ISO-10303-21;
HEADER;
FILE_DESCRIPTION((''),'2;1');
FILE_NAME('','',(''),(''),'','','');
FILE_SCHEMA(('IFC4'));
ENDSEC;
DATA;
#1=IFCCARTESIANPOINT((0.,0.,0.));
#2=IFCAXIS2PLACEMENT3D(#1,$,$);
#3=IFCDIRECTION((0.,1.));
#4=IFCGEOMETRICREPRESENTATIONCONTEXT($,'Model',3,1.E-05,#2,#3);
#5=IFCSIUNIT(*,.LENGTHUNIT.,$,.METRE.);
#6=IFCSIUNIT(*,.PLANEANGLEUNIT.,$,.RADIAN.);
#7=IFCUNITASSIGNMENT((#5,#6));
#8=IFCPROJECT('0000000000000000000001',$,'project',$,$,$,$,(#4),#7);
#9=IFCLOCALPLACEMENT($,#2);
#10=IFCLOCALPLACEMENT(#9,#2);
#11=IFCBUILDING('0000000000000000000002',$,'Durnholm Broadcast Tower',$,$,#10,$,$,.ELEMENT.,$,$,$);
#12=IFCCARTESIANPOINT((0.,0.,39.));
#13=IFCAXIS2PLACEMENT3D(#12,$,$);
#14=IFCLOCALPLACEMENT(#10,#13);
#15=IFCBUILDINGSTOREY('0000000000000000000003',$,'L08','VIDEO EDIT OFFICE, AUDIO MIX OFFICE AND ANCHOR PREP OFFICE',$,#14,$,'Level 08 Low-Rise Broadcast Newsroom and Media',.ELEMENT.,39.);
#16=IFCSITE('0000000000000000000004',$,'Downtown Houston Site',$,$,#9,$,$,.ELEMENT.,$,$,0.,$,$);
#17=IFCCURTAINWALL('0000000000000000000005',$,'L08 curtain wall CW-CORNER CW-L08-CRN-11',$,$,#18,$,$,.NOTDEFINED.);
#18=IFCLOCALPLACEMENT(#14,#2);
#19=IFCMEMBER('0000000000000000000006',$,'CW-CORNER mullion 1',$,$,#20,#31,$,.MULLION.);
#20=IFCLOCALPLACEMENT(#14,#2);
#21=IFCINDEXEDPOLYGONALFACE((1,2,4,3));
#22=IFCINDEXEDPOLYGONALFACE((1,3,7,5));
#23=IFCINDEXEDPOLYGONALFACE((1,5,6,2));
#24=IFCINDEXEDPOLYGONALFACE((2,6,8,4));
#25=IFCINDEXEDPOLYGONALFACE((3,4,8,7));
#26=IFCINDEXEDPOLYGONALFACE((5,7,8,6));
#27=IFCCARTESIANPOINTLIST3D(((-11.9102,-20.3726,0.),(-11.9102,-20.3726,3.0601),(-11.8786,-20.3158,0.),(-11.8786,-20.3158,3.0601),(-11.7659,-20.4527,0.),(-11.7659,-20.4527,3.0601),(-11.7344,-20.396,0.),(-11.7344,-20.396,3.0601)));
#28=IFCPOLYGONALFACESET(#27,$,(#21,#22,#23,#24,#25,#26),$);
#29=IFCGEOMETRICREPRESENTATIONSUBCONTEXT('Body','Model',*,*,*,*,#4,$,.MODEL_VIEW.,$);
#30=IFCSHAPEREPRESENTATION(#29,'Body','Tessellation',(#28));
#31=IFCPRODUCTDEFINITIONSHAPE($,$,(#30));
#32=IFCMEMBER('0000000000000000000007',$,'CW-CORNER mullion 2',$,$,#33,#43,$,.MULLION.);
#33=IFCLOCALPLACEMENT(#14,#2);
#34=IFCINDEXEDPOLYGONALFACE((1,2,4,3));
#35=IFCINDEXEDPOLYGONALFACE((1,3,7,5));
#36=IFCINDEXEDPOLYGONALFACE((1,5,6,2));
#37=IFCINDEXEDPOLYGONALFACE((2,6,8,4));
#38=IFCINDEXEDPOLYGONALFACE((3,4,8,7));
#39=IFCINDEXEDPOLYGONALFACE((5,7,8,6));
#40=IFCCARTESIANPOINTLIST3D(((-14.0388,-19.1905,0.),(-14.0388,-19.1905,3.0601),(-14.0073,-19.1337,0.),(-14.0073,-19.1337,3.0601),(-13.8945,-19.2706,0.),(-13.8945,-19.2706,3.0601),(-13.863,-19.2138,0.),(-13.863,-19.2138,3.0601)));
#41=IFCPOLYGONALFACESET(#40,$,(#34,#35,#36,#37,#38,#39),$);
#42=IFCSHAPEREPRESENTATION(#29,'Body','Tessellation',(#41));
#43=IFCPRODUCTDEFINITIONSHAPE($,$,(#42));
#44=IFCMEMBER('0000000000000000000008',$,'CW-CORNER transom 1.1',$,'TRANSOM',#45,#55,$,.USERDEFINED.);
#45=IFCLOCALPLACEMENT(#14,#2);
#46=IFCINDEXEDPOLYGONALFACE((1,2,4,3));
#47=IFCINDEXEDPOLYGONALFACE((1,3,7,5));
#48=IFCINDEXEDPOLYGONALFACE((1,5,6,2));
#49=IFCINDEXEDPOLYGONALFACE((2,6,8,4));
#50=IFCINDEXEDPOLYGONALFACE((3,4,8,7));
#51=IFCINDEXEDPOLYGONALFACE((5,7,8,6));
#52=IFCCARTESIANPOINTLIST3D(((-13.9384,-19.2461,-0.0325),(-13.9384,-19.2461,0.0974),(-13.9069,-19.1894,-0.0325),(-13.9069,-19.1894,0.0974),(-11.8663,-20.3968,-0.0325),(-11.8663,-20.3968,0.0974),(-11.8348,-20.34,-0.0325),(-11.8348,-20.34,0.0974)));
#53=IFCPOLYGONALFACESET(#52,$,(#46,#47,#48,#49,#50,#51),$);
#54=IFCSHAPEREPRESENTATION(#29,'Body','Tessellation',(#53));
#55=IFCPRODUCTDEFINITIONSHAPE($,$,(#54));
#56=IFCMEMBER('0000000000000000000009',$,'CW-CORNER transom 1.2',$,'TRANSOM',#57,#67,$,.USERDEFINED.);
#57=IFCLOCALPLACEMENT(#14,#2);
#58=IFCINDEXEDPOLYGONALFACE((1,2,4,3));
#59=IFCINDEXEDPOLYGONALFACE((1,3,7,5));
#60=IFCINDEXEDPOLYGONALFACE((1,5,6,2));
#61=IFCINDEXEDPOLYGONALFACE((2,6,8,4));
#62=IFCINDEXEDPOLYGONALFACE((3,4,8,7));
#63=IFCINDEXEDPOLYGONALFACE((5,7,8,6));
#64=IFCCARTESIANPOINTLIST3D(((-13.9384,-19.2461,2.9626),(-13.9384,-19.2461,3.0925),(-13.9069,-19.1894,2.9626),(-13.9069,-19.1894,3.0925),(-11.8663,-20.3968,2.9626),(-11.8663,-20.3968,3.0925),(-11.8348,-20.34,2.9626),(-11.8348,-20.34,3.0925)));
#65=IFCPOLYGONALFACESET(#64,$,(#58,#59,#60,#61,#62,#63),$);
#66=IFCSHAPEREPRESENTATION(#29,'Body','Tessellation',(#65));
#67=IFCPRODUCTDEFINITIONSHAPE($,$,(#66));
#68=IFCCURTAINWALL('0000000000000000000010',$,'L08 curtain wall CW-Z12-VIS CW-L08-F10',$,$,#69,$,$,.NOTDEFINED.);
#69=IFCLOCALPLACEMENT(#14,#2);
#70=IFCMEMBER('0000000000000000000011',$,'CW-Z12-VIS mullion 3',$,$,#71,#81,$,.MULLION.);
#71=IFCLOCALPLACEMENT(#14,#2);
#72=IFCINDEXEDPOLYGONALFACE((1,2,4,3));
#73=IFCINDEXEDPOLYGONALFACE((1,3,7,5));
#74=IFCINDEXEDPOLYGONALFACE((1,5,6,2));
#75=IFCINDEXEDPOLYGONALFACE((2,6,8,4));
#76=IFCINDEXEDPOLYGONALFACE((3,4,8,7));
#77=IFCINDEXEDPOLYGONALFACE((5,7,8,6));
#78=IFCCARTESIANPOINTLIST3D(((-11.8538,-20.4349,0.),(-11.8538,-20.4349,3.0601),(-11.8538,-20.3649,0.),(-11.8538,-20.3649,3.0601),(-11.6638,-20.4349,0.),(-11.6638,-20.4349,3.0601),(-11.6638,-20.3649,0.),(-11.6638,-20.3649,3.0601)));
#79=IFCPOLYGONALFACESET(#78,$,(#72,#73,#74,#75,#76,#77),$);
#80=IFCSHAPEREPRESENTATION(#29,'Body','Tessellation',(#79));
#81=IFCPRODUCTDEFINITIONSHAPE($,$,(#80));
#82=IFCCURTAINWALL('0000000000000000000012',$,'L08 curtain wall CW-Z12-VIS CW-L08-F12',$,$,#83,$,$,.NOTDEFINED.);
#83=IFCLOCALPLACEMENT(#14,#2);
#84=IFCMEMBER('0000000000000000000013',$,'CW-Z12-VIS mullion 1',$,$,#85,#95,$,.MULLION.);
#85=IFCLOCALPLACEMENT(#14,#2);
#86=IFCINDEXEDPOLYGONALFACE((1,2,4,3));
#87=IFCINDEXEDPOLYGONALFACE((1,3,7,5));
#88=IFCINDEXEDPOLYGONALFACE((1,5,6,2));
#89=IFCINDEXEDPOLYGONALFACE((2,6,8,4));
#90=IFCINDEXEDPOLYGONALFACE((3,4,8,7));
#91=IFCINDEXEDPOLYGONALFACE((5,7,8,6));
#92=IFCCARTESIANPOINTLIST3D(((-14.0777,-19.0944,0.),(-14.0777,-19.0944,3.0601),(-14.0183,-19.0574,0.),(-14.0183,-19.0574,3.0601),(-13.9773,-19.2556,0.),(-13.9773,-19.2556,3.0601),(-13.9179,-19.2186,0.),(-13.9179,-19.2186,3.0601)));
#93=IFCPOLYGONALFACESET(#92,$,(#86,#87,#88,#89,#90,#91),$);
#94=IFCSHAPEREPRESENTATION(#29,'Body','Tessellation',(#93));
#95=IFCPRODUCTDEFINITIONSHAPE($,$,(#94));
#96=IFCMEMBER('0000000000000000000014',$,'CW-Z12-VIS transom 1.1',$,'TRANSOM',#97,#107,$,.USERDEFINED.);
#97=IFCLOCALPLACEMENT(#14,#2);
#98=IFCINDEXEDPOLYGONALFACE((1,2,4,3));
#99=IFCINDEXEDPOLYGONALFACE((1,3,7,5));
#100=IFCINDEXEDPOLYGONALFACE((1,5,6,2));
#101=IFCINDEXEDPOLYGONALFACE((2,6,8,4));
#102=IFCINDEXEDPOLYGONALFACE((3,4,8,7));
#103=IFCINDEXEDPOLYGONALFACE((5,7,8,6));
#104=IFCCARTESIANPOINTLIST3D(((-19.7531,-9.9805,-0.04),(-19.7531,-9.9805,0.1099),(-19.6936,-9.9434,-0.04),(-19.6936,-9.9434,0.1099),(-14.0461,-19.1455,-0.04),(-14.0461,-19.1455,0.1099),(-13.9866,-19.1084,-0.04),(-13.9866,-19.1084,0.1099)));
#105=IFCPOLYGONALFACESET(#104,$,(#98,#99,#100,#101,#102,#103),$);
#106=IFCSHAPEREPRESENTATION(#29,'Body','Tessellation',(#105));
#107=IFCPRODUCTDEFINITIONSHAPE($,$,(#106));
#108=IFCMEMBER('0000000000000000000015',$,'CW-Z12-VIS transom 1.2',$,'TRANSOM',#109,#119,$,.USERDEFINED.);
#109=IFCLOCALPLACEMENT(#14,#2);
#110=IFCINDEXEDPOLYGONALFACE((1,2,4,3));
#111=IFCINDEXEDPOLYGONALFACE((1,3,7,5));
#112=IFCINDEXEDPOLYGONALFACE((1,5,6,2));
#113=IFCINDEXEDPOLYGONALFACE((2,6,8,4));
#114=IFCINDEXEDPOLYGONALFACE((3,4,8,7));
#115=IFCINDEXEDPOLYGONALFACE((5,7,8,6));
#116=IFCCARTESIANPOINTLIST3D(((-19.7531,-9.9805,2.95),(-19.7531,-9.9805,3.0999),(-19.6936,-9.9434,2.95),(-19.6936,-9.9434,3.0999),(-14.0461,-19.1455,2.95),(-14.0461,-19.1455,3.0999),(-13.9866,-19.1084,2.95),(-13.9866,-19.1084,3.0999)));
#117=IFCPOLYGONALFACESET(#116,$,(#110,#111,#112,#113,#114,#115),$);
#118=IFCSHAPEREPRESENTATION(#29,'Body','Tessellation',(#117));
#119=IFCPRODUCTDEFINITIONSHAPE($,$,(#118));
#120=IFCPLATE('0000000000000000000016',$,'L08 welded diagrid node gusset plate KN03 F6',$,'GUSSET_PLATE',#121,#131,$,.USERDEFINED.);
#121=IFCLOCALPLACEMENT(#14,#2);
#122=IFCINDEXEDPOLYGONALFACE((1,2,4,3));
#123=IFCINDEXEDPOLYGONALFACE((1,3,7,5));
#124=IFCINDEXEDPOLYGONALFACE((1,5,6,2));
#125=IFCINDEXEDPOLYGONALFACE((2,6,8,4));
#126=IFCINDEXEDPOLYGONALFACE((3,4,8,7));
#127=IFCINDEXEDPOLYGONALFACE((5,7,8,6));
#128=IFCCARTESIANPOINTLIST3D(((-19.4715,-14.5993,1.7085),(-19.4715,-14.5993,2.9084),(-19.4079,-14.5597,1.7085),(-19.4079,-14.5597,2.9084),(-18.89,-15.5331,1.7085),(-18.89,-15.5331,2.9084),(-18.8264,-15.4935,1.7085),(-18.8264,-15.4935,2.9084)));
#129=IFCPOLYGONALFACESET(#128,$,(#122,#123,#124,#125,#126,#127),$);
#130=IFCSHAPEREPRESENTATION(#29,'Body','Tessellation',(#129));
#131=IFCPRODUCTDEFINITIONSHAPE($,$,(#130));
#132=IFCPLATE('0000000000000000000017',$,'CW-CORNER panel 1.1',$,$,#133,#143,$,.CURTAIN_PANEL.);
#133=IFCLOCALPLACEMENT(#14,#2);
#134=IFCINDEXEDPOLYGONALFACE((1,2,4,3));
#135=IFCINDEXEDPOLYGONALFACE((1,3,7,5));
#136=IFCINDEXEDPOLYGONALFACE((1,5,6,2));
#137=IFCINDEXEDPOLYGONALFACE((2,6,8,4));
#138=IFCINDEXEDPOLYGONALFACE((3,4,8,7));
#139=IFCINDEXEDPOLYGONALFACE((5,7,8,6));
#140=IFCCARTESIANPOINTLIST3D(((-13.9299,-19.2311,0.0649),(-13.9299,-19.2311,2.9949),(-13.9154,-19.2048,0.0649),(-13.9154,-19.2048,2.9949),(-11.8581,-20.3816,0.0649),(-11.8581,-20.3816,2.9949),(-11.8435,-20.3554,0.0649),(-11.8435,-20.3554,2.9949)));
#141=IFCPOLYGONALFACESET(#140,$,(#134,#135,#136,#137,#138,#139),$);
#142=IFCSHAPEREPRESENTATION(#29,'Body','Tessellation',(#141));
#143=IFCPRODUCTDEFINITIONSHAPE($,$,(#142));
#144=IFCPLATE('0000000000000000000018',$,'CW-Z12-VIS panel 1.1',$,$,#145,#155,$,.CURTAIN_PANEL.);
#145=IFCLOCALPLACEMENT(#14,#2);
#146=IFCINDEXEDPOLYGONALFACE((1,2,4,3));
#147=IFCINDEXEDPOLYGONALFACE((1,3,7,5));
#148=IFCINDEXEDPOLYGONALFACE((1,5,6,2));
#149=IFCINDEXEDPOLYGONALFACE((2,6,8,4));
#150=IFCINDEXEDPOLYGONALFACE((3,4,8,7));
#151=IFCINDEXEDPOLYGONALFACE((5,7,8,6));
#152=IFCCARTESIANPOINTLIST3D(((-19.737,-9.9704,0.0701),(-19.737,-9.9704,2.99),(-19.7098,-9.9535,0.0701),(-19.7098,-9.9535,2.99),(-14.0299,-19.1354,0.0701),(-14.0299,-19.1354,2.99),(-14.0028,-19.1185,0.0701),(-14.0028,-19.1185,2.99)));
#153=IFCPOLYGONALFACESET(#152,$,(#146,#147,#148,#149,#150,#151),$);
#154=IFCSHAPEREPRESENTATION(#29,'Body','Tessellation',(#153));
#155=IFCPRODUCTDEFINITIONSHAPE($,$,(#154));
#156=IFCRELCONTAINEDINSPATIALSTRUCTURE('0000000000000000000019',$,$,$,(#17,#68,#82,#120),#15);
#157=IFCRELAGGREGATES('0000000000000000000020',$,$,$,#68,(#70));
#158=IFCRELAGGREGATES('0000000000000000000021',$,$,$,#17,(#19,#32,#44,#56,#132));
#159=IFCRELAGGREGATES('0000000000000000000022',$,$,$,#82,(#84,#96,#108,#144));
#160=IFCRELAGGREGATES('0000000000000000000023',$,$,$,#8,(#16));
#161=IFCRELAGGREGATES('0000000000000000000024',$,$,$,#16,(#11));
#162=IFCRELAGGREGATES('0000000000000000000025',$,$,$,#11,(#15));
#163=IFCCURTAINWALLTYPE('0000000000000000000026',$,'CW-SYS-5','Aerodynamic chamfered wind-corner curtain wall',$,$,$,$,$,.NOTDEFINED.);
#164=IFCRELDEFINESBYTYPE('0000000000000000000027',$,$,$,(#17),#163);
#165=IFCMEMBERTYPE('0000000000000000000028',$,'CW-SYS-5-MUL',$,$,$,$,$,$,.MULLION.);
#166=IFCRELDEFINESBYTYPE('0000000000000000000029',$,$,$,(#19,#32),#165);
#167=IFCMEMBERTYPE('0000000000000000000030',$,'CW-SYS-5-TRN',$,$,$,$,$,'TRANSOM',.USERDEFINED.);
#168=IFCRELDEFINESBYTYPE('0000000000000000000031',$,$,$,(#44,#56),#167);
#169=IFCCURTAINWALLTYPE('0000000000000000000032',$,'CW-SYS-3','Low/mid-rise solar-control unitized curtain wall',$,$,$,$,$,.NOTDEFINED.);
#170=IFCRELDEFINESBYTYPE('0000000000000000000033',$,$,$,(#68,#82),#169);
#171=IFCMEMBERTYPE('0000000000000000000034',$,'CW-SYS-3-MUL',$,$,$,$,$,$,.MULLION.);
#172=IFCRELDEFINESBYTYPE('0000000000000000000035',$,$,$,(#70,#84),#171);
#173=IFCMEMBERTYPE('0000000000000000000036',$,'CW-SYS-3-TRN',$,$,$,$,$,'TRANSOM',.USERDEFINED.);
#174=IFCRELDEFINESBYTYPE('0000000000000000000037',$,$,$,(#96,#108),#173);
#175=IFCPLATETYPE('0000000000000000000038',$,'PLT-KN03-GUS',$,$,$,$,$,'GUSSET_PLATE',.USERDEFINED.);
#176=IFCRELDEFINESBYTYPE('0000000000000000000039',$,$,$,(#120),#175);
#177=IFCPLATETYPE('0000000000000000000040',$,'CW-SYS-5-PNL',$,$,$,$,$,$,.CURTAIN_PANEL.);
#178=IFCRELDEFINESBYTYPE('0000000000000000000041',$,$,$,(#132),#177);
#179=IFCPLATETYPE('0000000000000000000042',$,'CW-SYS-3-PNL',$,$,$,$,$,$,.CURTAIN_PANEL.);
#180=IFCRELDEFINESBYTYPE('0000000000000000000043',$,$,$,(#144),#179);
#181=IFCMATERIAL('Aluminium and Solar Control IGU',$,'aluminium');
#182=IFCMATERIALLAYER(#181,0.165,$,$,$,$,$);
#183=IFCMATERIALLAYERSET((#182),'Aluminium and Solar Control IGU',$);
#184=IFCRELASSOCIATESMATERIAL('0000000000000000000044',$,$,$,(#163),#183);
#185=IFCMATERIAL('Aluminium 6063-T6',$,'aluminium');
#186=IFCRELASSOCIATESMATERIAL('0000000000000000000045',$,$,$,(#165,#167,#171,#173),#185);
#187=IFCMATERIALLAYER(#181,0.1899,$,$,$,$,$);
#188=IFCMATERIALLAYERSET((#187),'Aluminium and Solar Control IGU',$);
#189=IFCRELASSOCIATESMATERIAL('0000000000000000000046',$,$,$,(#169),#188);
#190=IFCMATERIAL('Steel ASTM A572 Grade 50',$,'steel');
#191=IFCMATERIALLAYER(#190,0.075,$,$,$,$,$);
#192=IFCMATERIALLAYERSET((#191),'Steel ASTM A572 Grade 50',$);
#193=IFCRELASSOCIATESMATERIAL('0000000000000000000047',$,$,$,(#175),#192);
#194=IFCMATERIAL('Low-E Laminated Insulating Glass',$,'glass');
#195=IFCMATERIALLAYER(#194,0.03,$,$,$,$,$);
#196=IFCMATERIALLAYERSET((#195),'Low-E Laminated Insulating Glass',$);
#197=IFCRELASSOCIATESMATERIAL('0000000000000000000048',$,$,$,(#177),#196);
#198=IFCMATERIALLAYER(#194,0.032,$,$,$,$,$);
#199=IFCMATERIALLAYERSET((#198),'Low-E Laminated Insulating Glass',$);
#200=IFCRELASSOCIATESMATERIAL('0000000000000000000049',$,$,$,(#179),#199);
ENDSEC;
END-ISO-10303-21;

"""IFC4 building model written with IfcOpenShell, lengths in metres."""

from ifc_helpers import new_model, si_unit, direction, frame, origin, origin_2d, place, context, subcontext, project, spatial, rectangle, extrude, source, transform, mapped, material, layer, layer_set, material_profile, profile_set, type_object, type_shapes, element, aggregate, save


model = new_model("IFC4")

# Units and contexts
model_context = context("Model", 3, precision=1e-05, world=origin(), true_north=direction((0.0, 1.0)))
body_context = subcontext(model_context, "Body", "Model", "MODEL_VIEW")
ifc_project = project(units=[si_unit("LENGTHUNIT", "METRE"), si_unit("PLANEANGLEUNIT", "RADIAN")], contexts=[model_context])

# Site, building, storey
site_placement = place(None, origin())
site = spatial("IfcSite", under=ifc_project, at=site_placement, Name="Downtown Houston Site", CompositionType="ELEMENT", RefElevation=0.0)
building_placement = place(site_placement, origin())
building = spatial("IfcBuilding", under=site, at=building_placement, Name="Durnholm Broadcast Tower", CompositionType="ELEMENT")
storey_placement = place(building_placement, frame((0.0, 0.0, 39.0)))
storey = spatial("IfcBuildingStorey", under=building, at=storey_placement, Name="L08", Description="VIDEO EDIT OFFICE, AUDIO MIX OFFICE AND ANCHOR PREP OFFICE", LongName="Level 08 Low-Rise Broadcast Newsroom and Media", CompositionType="ELEMENT", Elevation=39.0)

# Curtain wall, members
ifc_material_1 = material(Name="Aluminium and Solar Control IGU", Category="aluminium")
ifc_layer_1 = layer(ifc_material_1, 0.165)
ifc_layer_set_1 = layer_set([ifc_layer_1], Name="Aluminium and Solar Control IGU")
curtain_wall_type_1 = type_object("IfcCurtainWallType", Name="CW-SYS-5", Description="Aerodynamic chamfered wind-corner curtain wall", PredefinedType="NOTDEFINED", material=ifc_layer_set_1)
curtain_wall_1_placement = place(storey_placement, origin())
curtain_wall_1 = element("IfcCurtainWall", 1, at=curtain_wall_1_placement, inside=storey, type_object=curtain_wall_type_1, Name="L08 curtain wall CW-CORNER CW-L08-CRN-11", PredefinedType="NOTDEFINED")
ifc_material_2 = material(Name="Aluminium 6063-T6", Category="aluminium")
ifc_material_profile_1 = material_profile(ifc_material_2, rectangle(XDim=0.0649, YDim=0.165, at=origin_2d()), Name="CWM65X165")
ifc_profile_set_1 = profile_set([ifc_material_profile_1], Name="Aluminium 6063-T6")
member_type_1 = type_object("IfcMemberType", Name="CW-SYS-5-MUL", PredefinedType="MULLION", material=ifc_profile_set_1)
shared_shape_1 = source(origin(), body_context, "Body", "SweptSolid", [
    extrude(rectangle(XDim=0.0649, YDim=0.165, at=origin_2d()), origin(), (0.0, 0.0, 1.0), 3.0601),
])
type_shapes(member_type_1, [shared_shape_1])
member_1_placement = place(storey_placement, frame((-11.8223, -20.3843, 0.0), z_axis=(0.0, 0.0, 1.0), x_axis=(-0.485483, -0.874246, 0.0)))
member_1 = element("IfcMember", 2, at=member_1_placement, type_object=member_type_1, Name="CW-CORNER mullion 1", PredefinedType="MULLION", context=body_context, shape_type="MappedRepresentation", body=[
    mapped(shared_shape_1, transform((0.0, 0.0, 0.0), x_axis=(1.0, 0.0, 0.0), y_axis=(0.0, 1.0, 0.0), z_axis=(0.0, 0.0, 1.0), scale=1.0)),
])
member_2_placement = place(storey_placement, frame((-13.9509, -19.2021, 0.0), z_axis=(0.0, 0.0, 1.0), x_axis=(-0.485483, -0.874246, 0.0)))
member_2 = element("IfcMember", 3, at=member_2_placement, type_object=member_type_1, Name="CW-CORNER mullion 2", PredefinedType="MULLION", context=body_context, shape_type="MappedRepresentation", body=[
    mapped(shared_shape_1, transform((0.0, 0.0, 0.0), x_axis=(1.0, 0.0, 0.0), y_axis=(0.0, 1.0, 0.0), z_axis=(0.0, 0.0, 1.0), scale=1.0)),
])
ifc_material_profile_2 = material_profile(ifc_material_2, rectangle(XDim=0.0649, YDim=0.1299, at=origin_2d()), Name="CWT65X130")
ifc_profile_set_2 = profile_set([ifc_material_profile_2], Name="Aluminium 6063-T6")
member_type_2 = type_object("IfcMemberType", Name="CW-SYS-5-TRN", ElementType="TRANSOM", PredefinedType="USERDEFINED", material=ifc_profile_set_2)
shared_shape_2 = source(origin(), body_context, "Body", "SweptSolid", [
    extrude(rectangle(XDim=0.0649, YDim=0.1299, at=origin_2d()), origin(), (0.0, 0.0, 1.0), 2.3701),
])
type_shapes(member_type_2, [shared_shape_2])
member_3_placement = place(storey_placement, frame((-11.8506, -20.3684, 0.0325), z_axis=(-0.874245, 0.485485, 0.0), x_axis=(-0.485485, -0.874245, 0.0)))
member_3 = element("IfcMember", 4, at=member_3_placement, type_object=member_type_2, Name="CW-CORNER transom 1.1", ObjectType="TRANSOM", PredefinedType="USERDEFINED", context=body_context, shape_type="MappedRepresentation", body=[
    mapped(shared_shape_2, transform((0.0, 0.0, 0.0), x_axis=(1.0, 0.0, 0.0), y_axis=(0.0, 1.0, 0.0), z_axis=(0.0, 0.0, 1.0), scale=1.0)),
])
member_4_placement = place(storey_placement, frame((-11.8506, -20.3684, 3.0276), z_axis=(-0.874245, 0.485485, 0.0), x_axis=(-0.485485, -0.874245, 0.0)))
member_4 = element("IfcMember", 5, at=member_4_placement, type_object=member_type_2, Name="CW-CORNER transom 1.2", ObjectType="TRANSOM", PredefinedType="USERDEFINED", context=body_context, shape_type="MappedRepresentation", body=[
    mapped(shared_shape_2, transform((0.0, 0.0, 0.0), x_axis=(1.0, 0.0, 0.0), y_axis=(0.0, 1.0, 0.0), z_axis=(0.0, 0.0, 1.0), scale=1.0)),
])

# Curtain wall, member
ifc_layer_2 = layer(ifc_material_1, 0.1899)
ifc_layer_set_2 = layer_set([ifc_layer_2], Name="Aluminium and Solar Control IGU")
curtain_wall_type_2 = type_object("IfcCurtainWallType", Name="CW-SYS-3", Description="Low/mid-rise solar-control unitized curtain wall", PredefinedType="NOTDEFINED", material=ifc_layer_set_2)
curtain_wall_2_placement = place(storey_placement, origin())
curtain_wall_2 = element("IfcCurtainWall", 6, at=curtain_wall_2_placement, inside=storey, type_object=curtain_wall_type_2, Name="L08 curtain wall CW-Z12-VIS CW-L08-F10", PredefinedType="NOTDEFINED")
ifc_material_profile_3 = material_profile(ifc_material_2, rectangle(XDim=0.0701, YDim=0.1899, at=origin_2d()), Name="CWM70X190")
ifc_profile_set_3 = profile_set([ifc_material_profile_3], Name="Aluminium 6063-T6")
member_type_3 = type_object("IfcMemberType", Name="CW-SYS-3-MUL", PredefinedType="MULLION", material=ifc_profile_set_3)
shared_shape_3 = source(origin(), body_context, "Body", "SweptSolid", [
    extrude(rectangle(XDim=0.0701, YDim=0.1899, at=origin_2d()), origin(), (0.0, 0.0, 1.0), 3.0601),
])
type_shapes(member_type_3, [shared_shape_3])
member_5_placement = place(storey_placement, frame((-11.7588, -20.3999, 0.0), z_axis=(0.0, 0.0, 1.0), x_axis=(0.0, -1.0, 0.0)))
member_5 = element("IfcMember", 7, at=member_5_placement, type_object=member_type_3, Name="CW-Z12-VIS mullion 3", PredefinedType="MULLION", context=body_context, shape_type="MappedRepresentation", body=[
    mapped(shared_shape_3, transform((0.0, 0.0, 0.0), x_axis=(1.0, 0.0, 0.0), y_axis=(0.0, 1.0, 0.0), z_axis=(0.0, 0.0, 1.0), scale=1.0)),
])
aggregate(curtain_wall_2, [member_5])

# Curtain wall, members
curtain_wall_3_placement = place(storey_placement, origin())
curtain_wall_3 = element("IfcCurtainWall", 8, at=curtain_wall_3_placement, inside=storey, type_object=curtain_wall_type_2, Name="L08 curtain wall CW-Z12-VIS CW-L08-F12", PredefinedType="NOTDEFINED")
member_6_placement = place(storey_placement, frame((-13.9978, -19.1565, 0.0), z_axis=(0.0, 0.0, 1.0), x_axis=(-0.848876, -0.528592, 0.0)))
member_6 = element("IfcMember", 9, at=member_6_placement, type_object=member_type_3, Name="CW-Z12-VIS mullion 1", PredefinedType="MULLION", context=body_context, shape_type="MappedRepresentation", body=[
    mapped(shared_shape_3, transform((0.0, 0.0, 0.0), x_axis=(1.0, 0.0, 0.0), y_axis=(0.0, 1.0, 0.0), z_axis=(0.0, 0.0, 1.0), scale=1.0)),
])
ifc_material_profile_4 = material_profile(ifc_material_2, rectangle(XDim=0.0701, YDim=0.1499, at=origin_2d()), Name="CWT70X150")
ifc_profile_set_4 = profile_set([ifc_material_profile_4], Name="Aluminium 6063-T6")
member_type_4 = type_object("IfcMemberType", Name="CW-SYS-3-TRN", ElementType="TRANSOM", PredefinedType="USERDEFINED", material=ifc_profile_set_4)
shared_shape_4 = source(origin(), body_context, "Body", "SweptSolid", [
    extrude(rectangle(XDim=0.0701, YDim=0.1499, at=origin_2d()), origin(), (0.0, 0.0, 1.0), 10.7966),
])
type_shapes(member_type_4, [shared_shape_4])
member_7_placement = place(storey_placement, frame((-14.0164, -19.127, 0.0349), z_axis=(-0.528592, 0.848876, 0.0), x_axis=(-0.848876, -0.528592, 0.0)))
member_7 = element("IfcMember", 10, at=member_7_placement, type_object=member_type_4, Name="CW-Z12-VIS transom 1.1", ObjectType="TRANSOM", PredefinedType="USERDEFINED", context=body_context, shape_type="MappedRepresentation", body=[
    mapped(shared_shape_4, transform((0.0, 0.0, 0.0), x_axis=(1.0, 0.0, 0.0), y_axis=(0.0, 1.0, 0.0), z_axis=(0.0, 0.0, 1.0), scale=1.0)),
])
member_8_placement = place(storey_placement, frame((-14.0164, -19.127, 3.0249), z_axis=(-0.528592, 0.848876, 0.0), x_axis=(-0.848876, -0.528592, 0.0)))
member_8 = element("IfcMember", 11, at=member_8_placement, type_object=member_type_4, Name="CW-Z12-VIS transom 1.2", ObjectType="TRANSOM", PredefinedType="USERDEFINED", context=body_context, shape_type="MappedRepresentation", body=[
    mapped(shared_shape_4, transform((0.0, 0.0, 0.0), x_axis=(1.0, 0.0, 0.0), y_axis=(0.0, 1.0, 0.0), z_axis=(0.0, 0.0, 1.0), scale=1.0)),
])

# Plates
ifc_material_3 = material(Name="Steel ASTM A572 Grade 50", Category="steel")
ifc_layer_3 = layer(ifc_material_3, 0.075)
ifc_layer_set_3 = layer_set([ifc_layer_3], Name="Steel ASTM A572 Grade 50")
plate_type_1 = type_object("IfcPlateType", Name="PLT-KN03-GUS", ElementType="GUSSET_PLATE", PredefinedType="USERDEFINED", material=ifc_layer_set_3)
shared_shape_5 = source(origin(), body_context, "Body", "SweptSolid", [
    extrude(rectangle(XDim=1.1001, YDim=0.075, at=origin_2d()), origin(), (0.0, 0.0, 1.0), 1.2),
])
type_shapes(plate_type_1, [shared_shape_5])
plate_1_placement = place(storey_placement, frame((-19.1489, -15.0464, 1.7085), z_axis=(0.0, 0.0, 1.0), x_axis=(0.528587, -0.848879, 0.0)))
element("IfcPlate", 12, at=plate_1_placement, inside=storey, type_object=plate_type_1, Name="L08 welded diagrid node gusset plate KN03 F6", ObjectType="GUSSET_PLATE", PredefinedType="USERDEFINED", context=body_context, shape_type="MappedRepresentation", body=[
    mapped(shared_shape_5, transform((0.0, 0.0, 0.0), x_axis=(1.0, 0.0, 0.0), y_axis=(0.0, 1.0, 0.0), z_axis=(0.0, 0.0, 1.0), scale=1.0)),
])
ifc_material_4 = material(Name="Low-E Laminated Insulating Glass", Category="glass")
ifc_layer_4 = layer(ifc_material_4, 0.03)
ifc_layer_set_4 = layer_set([ifc_layer_4], Name="Low-E Laminated Insulating Glass")
plate_type_2 = type_object("IfcPlateType", Name="CW-SYS-5-PNL", PredefinedType="CURTAIN_PANEL", material=ifc_layer_set_4)
shared_shape_6 = source(origin(), body_context, "Body", "SweptSolid", [
    extrude(rectangle(XDim=2.3699, YDim=0.03, at=origin_2d()), origin(), (0.0, 0.0, 1.0), 2.9299),
])
type_shapes(plate_type_2, [shared_shape_6])
plate_2_placement = place(storey_placement, frame((-12.8867, -19.7932, 0.0649), z_axis=(0.0, 0.0, 1.0), x_axis=(-0.874246, 0.485483, 0.0)))
plate_2 = element("IfcPlate", 13, at=plate_2_placement, type_object=plate_type_2, Name="CW-CORNER panel 1.1", PredefinedType="CURTAIN_PANEL", context=body_context, shape_type="MappedRepresentation", body=[
    mapped(shared_shape_6, transform((0.0, 0.0, 0.0), x_axis=(1.0, 0.0, 0.0), y_axis=(0.0, 1.0, 0.0), z_axis=(0.0, 0.0, 1.0), scale=1.0)),
])
aggregate(curtain_wall_1, [member_1, member_2, member_3, member_4, plate_2])
ifc_layer_5 = layer(ifc_material_4, 0.032)
ifc_layer_set_5 = layer_set([ifc_layer_5], Name="Low-E Laminated Insulating Glass")
plate_type_3 = type_object("IfcPlateType", Name="CW-SYS-3-PNL", PredefinedType="CURTAIN_PANEL", material=ifc_layer_set_5)
shared_shape_7 = source(origin(), body_context, "Body", "SweptSolid", [
    extrude(rectangle(XDim=10.7966, YDim=0.032, at=origin_2d()), origin(), (0.0, 0.0, 1.0), 2.9199),
])
type_shapes(plate_type_3, [shared_shape_7])
plate_3_placement = place(storey_placement, frame((-16.8699, -14.5444, 0.0701), z_axis=(0.0, 0.0, 1.0), x_axis=(-0.528592, 0.848876, 0.0)))
plate_3 = element("IfcPlate", 14, at=plate_3_placement, type_object=plate_type_3, Name="CW-Z12-VIS panel 1.1", PredefinedType="CURTAIN_PANEL", context=body_context, shape_type="MappedRepresentation", body=[
    mapped(shared_shape_7, transform((0.0, 0.0, 0.0), x_axis=(1.0, 0.0, 0.0), y_axis=(0.0, 1.0, 0.0), z_axis=(0.0, 0.0, 1.0), scale=1.0)),
])
aggregate(curtain_wall_3, [member_6, member_7, member_8, plate_3])

save(model, "model.ifc")
